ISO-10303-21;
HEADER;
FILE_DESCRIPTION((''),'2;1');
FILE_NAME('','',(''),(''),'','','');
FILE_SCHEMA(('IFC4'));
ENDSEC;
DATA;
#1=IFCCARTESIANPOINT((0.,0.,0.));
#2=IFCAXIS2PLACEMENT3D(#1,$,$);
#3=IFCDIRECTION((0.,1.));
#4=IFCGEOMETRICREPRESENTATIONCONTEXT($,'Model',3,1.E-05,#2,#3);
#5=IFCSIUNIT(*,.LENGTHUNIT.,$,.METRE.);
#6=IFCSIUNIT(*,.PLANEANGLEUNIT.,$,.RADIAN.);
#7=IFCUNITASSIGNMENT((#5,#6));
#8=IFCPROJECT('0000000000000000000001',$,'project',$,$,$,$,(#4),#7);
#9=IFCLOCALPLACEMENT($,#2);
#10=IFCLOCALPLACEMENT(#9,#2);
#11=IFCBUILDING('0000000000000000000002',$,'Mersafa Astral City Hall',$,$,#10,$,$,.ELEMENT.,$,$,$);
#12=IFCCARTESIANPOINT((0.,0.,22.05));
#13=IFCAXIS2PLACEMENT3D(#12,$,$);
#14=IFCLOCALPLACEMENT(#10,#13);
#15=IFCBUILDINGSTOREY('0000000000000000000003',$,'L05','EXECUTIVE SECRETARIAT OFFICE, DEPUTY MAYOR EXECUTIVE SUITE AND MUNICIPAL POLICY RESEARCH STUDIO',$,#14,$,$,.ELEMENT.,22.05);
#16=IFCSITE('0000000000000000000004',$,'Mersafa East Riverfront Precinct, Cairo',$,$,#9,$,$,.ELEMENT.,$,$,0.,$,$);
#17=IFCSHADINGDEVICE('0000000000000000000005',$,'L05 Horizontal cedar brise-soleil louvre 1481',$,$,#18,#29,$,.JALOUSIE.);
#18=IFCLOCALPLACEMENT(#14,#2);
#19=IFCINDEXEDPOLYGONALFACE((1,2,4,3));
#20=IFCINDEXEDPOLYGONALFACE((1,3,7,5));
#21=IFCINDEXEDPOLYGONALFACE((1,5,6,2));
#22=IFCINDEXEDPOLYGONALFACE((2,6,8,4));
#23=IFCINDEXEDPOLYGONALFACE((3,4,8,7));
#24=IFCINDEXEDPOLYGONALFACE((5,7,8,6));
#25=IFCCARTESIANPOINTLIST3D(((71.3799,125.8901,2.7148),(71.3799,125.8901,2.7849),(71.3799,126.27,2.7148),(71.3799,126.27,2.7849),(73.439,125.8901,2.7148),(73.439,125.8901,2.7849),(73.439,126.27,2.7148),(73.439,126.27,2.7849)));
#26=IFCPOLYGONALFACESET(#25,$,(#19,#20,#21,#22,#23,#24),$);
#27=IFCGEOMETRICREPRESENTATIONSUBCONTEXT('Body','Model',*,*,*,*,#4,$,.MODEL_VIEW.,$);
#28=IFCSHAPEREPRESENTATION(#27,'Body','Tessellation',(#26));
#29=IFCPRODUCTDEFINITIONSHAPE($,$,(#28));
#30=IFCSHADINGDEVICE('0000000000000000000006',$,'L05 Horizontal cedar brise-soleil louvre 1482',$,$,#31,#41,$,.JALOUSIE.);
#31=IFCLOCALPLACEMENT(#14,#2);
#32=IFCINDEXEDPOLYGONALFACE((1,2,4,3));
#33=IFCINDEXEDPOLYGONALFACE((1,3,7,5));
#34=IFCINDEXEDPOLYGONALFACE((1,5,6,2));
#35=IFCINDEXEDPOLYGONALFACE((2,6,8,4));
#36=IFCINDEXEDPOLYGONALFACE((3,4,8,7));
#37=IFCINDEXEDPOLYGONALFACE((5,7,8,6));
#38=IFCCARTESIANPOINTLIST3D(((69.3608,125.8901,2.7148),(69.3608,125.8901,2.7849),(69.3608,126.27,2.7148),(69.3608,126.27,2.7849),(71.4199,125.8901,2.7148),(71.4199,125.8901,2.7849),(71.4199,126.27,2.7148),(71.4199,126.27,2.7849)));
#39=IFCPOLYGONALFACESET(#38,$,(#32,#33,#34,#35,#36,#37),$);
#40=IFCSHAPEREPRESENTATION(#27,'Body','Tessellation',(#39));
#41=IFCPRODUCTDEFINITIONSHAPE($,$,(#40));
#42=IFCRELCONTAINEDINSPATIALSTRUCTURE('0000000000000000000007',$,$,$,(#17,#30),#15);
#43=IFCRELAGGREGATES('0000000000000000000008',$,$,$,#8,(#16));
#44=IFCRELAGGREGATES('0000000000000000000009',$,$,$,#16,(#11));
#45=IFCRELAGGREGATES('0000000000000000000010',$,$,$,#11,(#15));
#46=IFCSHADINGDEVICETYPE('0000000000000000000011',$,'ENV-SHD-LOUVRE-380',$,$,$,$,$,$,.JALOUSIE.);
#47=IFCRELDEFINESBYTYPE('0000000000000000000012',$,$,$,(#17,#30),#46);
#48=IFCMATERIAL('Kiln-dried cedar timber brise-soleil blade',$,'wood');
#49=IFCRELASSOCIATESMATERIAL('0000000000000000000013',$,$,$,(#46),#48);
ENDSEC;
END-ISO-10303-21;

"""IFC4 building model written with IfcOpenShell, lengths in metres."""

from ifc_helpers import new_model, si_unit, direction, frame, origin, origin_2d, place, context, subcontext, project, spatial, rectangle, extrude, material, type_object, element, save


model = new_model("IFC4")

# Units and contexts
model_context = context("Model", 3, precision=1e-05, world=origin(), true_north=direction((0.0, 1.0)))
body_context = subcontext(model_context, "Body", "Model", "MODEL_VIEW")
ifc_project = project(units=[si_unit("LENGTHUNIT", "METRE"), si_unit("PLANEANGLEUNIT", "RADIAN")], contexts=[model_context])

# Site, building, storey
site_placement = place(None, origin())
site = spatial("IfcSite", under=ifc_project, at=site_placement, Name="Mersafa East Riverfront Precinct, Cairo", CompositionType="ELEMENT", RefElevation=0.0)
building_placement = place(site_placement, origin())
building = spatial("IfcBuilding", under=site, at=building_placement, Name="Mersafa Astral City Hall", CompositionType="ELEMENT")
storey_placement = place(building_placement, frame((0.0, 0.0, 22.05)))
storey = spatial("IfcBuildingStorey", under=building, at=storey_placement, Name="L05", Description="EXECUTIVE SECRETARIAT OFFICE, DEPUTY MAYOR EXECUTIVE SUITE AND MUNICIPAL POLICY RESEARCH STUDIO", CompositionType="ELEMENT", Elevation=22.05)

# Shading devices
ifc_material_1 = material(Name="Kiln-dried cedar timber brise-soleil blade", Category="wood")
shading_device_type = type_object("IfcShadingDeviceType", Name="ENV-SHD-LOUVRE-380", PredefinedType="JALOUSIE", material=ifc_material_1)
for number, where, z_axis, x_axis, name in (
    (1, (72.4094, 126.0801, 2.7148), (0.0, 0.0, 1.0), (-1.0, 0.0, 0.0), "L05 Horizontal cedar brise-soleil louvre 1481"),
    (2, (70.3904, 126.0801, 2.7148), (0.0, 0.0, 1.0), (-1.0, 0.0, 0.0), "L05 Horizontal cedar brise-soleil louvre 1482"),
):
    element("IfcShadingDevice", number, at=place(storey_placement, frame(where, z_axis=z_axis, x_axis=x_axis)), inside=storey, type_object=shading_device_type, Name=name, PredefinedType="JALOUSIE", context=body_context, shape_type="SweptSolid", body=[
        extrude(rectangle(XDim=2.0591, YDim=0.3799, at=origin_2d()), origin(), (0.0, 0.0, 1.0), 0.0701),
    ])

save(model, "model.ifc")
